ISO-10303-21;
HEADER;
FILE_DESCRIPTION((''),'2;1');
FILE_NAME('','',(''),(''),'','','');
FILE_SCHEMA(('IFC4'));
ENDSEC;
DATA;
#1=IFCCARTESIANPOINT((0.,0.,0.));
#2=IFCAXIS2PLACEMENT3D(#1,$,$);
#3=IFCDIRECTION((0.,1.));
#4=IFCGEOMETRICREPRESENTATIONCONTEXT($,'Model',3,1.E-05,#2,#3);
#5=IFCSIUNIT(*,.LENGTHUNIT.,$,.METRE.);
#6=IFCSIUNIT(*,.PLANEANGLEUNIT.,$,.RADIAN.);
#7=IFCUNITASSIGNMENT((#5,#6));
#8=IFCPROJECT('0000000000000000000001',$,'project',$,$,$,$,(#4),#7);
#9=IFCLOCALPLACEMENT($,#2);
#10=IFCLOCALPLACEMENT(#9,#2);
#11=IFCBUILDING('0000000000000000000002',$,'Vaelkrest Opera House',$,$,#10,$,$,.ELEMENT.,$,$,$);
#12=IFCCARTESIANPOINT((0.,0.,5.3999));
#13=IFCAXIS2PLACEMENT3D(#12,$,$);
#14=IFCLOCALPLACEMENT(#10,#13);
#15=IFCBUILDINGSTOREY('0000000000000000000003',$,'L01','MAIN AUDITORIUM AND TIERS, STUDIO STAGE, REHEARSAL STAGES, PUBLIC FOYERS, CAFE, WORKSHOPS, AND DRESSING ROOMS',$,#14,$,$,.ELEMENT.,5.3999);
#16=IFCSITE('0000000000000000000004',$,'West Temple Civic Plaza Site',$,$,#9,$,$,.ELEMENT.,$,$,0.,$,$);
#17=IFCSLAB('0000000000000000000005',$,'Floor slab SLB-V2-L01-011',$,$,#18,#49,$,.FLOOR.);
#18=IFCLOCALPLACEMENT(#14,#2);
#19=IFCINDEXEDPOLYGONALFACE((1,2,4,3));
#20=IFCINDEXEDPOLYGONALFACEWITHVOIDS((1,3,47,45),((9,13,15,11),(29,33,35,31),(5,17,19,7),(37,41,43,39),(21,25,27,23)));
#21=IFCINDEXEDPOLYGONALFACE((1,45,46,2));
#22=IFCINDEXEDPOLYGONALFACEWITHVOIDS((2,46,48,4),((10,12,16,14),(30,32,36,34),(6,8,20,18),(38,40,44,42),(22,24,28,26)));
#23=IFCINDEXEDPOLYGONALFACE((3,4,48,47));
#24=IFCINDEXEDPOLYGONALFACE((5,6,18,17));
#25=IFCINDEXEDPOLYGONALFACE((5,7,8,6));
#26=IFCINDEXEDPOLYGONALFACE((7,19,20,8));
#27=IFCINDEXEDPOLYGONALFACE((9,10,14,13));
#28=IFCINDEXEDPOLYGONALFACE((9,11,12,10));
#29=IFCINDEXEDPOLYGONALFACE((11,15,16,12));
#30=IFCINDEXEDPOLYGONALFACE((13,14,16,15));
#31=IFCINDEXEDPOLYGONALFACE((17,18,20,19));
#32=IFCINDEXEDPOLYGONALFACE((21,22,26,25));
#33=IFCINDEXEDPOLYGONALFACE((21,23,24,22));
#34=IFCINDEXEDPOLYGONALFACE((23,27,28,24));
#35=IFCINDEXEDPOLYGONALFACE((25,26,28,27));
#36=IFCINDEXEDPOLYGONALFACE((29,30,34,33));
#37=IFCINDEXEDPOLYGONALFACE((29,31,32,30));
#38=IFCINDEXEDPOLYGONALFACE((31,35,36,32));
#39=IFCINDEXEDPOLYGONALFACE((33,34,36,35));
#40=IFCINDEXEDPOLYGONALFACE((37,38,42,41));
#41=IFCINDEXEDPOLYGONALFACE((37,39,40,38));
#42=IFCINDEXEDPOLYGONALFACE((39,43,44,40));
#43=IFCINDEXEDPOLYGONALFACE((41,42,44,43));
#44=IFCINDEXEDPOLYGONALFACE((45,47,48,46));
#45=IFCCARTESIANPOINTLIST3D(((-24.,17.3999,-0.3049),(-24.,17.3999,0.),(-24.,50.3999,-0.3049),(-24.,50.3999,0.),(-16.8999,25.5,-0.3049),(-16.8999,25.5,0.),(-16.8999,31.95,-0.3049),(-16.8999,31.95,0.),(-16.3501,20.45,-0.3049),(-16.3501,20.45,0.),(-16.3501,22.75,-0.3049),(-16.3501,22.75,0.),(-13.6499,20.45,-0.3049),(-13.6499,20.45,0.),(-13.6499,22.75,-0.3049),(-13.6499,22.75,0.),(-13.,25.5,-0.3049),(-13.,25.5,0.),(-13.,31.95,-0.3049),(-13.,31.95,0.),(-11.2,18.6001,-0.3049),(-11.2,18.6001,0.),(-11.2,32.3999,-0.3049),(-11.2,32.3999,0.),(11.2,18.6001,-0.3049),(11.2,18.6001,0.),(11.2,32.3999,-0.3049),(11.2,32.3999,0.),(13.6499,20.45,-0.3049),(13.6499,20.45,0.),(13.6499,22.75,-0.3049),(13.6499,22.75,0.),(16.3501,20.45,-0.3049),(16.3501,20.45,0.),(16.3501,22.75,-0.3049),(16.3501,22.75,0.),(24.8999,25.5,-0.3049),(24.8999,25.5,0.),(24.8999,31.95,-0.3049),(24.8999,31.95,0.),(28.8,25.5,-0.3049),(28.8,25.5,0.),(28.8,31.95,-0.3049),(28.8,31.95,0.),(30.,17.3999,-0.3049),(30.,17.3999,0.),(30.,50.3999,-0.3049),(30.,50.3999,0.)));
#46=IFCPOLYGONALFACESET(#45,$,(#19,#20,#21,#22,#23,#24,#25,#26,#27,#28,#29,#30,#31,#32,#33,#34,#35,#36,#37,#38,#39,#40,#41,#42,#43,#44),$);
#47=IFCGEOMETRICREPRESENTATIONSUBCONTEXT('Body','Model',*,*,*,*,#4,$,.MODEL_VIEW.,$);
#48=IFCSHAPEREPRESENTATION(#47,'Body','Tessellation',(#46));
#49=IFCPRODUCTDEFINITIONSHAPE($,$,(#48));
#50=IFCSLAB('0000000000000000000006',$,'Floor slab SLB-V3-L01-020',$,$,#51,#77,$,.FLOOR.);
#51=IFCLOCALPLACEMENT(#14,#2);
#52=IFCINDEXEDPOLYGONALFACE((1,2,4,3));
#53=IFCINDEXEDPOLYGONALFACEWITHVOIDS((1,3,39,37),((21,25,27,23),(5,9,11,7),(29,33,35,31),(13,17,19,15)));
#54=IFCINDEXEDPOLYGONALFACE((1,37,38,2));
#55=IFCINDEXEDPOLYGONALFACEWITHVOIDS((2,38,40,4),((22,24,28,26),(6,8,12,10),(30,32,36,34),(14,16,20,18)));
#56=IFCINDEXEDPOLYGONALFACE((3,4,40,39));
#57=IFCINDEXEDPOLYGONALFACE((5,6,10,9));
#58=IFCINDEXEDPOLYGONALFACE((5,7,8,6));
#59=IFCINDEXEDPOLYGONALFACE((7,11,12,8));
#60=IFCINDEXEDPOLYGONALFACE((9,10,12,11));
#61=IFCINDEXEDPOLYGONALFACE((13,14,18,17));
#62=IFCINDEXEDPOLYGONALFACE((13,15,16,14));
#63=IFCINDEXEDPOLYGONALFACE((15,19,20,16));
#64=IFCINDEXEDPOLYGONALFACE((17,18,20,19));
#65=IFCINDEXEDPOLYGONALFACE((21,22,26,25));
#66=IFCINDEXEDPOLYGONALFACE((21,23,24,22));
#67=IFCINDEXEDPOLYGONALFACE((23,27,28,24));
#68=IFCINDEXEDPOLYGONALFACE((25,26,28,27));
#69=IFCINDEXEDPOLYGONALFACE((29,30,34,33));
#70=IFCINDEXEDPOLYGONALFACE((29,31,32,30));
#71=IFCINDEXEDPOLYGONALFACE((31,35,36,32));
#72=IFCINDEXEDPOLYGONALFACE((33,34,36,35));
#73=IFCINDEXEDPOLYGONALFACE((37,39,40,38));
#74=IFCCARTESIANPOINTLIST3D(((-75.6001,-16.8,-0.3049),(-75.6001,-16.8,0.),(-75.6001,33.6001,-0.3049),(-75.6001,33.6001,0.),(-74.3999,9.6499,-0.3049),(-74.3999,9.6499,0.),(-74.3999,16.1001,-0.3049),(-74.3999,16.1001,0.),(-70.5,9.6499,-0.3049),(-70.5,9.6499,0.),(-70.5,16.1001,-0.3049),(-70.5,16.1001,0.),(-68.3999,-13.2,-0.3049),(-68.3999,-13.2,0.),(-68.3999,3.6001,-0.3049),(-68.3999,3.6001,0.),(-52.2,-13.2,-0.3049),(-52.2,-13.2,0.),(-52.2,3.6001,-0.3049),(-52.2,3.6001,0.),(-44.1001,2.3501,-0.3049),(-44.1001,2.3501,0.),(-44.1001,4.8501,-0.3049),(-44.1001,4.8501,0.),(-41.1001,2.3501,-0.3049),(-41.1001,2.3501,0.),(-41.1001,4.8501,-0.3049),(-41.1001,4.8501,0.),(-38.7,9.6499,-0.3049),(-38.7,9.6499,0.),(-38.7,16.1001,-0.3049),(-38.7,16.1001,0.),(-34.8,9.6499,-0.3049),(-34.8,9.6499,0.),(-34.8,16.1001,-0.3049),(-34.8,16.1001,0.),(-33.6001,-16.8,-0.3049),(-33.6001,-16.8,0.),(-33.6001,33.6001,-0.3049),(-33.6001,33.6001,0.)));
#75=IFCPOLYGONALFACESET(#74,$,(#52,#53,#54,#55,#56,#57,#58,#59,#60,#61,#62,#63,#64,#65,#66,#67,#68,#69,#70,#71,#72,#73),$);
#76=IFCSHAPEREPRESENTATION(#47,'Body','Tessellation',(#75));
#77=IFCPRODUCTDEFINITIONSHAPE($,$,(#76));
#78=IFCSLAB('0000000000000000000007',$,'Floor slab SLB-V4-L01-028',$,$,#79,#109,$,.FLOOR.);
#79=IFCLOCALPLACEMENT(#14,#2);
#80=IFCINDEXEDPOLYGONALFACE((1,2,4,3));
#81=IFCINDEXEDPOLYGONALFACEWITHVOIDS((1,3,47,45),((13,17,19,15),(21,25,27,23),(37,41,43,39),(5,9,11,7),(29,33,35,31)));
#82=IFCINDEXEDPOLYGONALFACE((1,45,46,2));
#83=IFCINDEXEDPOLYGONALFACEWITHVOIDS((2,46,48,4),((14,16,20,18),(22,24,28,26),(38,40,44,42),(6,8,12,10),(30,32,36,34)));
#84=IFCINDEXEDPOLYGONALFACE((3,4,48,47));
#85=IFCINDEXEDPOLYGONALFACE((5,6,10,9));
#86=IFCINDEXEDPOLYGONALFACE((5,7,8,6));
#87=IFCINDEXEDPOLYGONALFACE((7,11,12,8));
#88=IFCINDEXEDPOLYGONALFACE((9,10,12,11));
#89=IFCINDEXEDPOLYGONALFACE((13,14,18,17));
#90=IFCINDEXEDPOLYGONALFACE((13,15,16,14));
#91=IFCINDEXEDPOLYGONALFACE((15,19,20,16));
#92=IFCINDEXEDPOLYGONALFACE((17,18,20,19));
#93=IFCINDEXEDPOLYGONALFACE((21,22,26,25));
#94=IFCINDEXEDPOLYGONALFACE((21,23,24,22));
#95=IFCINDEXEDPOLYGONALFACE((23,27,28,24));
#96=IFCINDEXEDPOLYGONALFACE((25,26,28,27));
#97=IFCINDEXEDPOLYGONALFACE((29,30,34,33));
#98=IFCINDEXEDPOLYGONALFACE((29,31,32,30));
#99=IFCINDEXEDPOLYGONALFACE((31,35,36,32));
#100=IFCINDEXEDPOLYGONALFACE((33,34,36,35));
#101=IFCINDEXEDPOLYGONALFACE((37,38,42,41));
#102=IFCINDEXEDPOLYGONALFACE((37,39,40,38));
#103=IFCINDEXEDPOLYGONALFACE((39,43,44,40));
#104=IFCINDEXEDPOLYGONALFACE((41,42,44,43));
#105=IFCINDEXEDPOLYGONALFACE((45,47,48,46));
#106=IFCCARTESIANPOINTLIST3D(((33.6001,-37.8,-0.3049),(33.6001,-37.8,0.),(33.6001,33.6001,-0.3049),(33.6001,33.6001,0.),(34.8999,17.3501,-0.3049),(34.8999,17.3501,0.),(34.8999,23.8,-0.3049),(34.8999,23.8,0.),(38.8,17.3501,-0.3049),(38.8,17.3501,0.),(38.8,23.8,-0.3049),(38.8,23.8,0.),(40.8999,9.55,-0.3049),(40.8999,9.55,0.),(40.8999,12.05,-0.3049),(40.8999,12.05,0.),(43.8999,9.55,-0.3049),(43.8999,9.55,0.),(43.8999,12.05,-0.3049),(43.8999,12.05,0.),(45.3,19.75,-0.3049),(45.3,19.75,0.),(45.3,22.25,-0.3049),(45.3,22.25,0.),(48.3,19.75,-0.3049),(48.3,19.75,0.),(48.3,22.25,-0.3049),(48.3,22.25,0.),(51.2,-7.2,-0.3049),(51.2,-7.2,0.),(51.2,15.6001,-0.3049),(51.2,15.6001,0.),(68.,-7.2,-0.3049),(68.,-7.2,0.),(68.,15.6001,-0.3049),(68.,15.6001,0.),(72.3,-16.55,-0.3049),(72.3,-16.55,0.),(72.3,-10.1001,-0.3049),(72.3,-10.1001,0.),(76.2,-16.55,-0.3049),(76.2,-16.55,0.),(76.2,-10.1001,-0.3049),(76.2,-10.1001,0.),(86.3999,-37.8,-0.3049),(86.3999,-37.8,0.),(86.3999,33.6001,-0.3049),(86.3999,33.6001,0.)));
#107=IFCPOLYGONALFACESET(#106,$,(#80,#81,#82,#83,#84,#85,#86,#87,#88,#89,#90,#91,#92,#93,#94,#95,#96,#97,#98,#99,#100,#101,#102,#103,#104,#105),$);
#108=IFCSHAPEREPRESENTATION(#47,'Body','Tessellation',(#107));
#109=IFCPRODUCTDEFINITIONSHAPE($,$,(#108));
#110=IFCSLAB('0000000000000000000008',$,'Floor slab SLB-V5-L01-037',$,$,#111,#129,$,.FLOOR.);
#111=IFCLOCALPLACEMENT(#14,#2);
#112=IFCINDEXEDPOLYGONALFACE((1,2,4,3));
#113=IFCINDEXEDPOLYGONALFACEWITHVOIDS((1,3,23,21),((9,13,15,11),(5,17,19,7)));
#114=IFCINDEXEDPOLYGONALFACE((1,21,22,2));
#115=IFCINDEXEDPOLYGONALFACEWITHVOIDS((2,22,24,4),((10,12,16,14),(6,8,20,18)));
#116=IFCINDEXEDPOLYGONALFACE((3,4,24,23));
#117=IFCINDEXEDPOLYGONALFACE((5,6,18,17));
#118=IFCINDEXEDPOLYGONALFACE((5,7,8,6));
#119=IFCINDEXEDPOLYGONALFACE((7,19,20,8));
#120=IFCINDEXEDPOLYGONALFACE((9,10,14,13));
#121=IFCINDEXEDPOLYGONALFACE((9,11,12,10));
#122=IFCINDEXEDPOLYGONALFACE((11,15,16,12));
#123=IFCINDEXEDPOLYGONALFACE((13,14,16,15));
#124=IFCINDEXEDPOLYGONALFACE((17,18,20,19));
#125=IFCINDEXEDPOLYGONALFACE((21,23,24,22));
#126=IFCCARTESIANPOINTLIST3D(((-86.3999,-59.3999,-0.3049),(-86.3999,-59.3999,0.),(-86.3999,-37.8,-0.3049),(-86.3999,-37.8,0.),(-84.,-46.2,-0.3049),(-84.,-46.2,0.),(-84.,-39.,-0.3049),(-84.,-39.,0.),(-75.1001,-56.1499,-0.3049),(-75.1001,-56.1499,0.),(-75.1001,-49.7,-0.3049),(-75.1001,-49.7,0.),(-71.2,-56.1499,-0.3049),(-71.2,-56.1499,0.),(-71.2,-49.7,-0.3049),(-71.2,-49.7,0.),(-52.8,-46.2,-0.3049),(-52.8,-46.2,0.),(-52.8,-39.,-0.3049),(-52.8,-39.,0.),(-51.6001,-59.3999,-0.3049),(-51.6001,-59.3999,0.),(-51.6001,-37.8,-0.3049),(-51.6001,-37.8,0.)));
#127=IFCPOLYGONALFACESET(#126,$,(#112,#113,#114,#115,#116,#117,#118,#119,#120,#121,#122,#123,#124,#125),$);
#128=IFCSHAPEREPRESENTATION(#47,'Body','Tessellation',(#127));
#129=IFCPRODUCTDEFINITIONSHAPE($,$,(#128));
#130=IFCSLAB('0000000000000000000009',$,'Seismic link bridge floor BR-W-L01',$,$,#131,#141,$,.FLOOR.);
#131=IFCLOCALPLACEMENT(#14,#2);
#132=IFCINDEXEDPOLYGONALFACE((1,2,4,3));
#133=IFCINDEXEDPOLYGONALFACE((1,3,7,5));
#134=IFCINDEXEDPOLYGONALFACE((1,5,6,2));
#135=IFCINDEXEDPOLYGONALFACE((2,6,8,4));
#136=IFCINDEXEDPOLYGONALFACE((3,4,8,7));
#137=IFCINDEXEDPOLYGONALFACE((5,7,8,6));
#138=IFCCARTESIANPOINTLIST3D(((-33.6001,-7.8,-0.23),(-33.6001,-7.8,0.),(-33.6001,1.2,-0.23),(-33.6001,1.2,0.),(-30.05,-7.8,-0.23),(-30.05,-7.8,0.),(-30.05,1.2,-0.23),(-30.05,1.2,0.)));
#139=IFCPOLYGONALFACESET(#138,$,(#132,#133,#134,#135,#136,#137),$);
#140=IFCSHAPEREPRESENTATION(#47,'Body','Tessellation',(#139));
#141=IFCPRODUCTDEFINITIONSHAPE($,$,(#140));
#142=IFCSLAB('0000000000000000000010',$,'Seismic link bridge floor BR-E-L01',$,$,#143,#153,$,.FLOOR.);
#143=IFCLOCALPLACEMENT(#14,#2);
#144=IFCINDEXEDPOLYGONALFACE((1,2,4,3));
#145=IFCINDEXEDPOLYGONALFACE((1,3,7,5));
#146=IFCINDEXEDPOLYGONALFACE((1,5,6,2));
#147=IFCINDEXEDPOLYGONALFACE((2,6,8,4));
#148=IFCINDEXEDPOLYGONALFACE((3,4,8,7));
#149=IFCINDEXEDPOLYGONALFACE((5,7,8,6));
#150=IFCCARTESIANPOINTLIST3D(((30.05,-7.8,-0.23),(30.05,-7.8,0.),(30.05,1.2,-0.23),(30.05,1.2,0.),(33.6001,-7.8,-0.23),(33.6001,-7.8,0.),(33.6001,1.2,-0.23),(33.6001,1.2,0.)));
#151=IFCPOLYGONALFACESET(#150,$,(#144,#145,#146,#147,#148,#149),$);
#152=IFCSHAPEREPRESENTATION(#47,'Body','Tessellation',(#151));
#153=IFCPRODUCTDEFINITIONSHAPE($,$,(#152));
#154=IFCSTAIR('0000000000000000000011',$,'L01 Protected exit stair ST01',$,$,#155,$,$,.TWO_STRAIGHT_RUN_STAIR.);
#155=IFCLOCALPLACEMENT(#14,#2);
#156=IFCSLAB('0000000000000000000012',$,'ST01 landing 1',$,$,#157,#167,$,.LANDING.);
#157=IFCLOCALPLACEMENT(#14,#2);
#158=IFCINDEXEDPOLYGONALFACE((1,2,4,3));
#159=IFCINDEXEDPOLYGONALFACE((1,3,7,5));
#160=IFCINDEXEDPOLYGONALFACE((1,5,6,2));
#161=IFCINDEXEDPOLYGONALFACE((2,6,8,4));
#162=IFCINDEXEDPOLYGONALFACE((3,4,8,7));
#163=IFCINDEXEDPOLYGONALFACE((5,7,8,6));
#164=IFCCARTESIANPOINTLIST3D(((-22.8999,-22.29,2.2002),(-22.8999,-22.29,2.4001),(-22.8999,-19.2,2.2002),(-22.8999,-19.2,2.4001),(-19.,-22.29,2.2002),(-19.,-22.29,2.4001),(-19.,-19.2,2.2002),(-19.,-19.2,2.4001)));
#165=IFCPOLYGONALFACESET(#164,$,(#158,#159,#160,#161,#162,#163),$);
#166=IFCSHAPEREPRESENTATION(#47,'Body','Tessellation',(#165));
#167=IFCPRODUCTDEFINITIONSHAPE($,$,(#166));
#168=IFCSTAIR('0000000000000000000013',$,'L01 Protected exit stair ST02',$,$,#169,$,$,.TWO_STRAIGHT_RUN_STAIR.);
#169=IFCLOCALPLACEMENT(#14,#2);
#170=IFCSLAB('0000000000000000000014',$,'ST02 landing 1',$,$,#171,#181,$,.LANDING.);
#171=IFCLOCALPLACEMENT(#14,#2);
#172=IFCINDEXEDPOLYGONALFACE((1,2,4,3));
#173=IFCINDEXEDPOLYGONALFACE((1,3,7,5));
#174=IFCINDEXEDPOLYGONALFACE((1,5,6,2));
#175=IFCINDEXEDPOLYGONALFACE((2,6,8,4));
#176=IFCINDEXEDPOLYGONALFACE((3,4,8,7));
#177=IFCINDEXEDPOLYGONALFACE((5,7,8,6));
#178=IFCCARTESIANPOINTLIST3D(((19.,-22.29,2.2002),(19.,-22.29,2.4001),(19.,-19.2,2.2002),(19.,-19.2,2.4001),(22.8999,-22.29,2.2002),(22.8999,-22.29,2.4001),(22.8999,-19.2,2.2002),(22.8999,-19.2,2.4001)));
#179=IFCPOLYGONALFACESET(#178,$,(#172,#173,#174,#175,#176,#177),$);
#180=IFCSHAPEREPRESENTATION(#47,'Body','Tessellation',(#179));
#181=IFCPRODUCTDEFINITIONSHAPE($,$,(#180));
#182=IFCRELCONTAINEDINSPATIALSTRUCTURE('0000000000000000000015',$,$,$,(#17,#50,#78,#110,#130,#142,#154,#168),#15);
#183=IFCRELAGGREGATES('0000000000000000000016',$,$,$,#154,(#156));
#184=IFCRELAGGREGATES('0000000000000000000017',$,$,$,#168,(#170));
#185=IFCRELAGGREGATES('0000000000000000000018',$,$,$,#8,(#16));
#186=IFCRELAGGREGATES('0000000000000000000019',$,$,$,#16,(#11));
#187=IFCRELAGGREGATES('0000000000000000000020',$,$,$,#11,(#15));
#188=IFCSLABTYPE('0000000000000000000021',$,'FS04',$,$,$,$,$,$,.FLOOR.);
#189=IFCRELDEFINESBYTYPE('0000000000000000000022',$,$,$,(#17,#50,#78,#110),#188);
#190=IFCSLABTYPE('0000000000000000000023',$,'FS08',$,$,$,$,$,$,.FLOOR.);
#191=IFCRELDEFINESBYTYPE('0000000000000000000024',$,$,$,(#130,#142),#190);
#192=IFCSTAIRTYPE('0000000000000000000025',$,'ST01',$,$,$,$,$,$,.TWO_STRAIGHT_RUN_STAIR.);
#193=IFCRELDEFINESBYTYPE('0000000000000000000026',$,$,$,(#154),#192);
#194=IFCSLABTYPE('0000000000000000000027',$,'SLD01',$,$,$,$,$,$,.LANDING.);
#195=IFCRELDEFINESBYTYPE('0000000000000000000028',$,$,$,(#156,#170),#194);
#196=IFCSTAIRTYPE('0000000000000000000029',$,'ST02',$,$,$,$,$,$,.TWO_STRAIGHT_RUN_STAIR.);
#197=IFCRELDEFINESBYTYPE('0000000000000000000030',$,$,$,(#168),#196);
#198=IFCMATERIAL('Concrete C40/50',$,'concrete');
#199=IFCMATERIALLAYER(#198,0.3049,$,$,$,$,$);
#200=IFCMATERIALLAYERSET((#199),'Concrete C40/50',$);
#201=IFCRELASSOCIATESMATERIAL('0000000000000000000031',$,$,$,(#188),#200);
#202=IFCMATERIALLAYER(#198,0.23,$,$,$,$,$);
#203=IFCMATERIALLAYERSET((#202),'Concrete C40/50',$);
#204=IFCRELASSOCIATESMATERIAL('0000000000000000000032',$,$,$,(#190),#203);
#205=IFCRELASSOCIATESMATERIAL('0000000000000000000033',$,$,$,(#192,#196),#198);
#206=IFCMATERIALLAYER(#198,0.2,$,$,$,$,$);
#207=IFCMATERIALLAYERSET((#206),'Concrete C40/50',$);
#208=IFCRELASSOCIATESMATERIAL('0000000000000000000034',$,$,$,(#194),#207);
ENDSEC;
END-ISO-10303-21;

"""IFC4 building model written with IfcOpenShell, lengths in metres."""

from ifc_helpers import new_model, si_unit, direction, frame, origin, place, context, subcontext, project, spatial, polyline, outline, extrude, material, layer, layer_set, type_object, element, aggregate, save


model = new_model("IFC4")

# Units and contexts
model_context = context("Model", 3, precision=1e-05, world=origin(), true_north=direction((0.0, 1.0)))
body_context = subcontext(model_context, "Body", "Model", "MODEL_VIEW")
ifc_project = project(units=[si_unit("LENGTHUNIT", "METRE"), si_unit("PLANEANGLEUNIT", "RADIAN")], contexts=[model_context])

# Site, building, storey
site_placement = place(None, origin())
site = spatial("IfcSite", under=ifc_project, at=site_placement, Name="West Temple Civic Plaza Site", CompositionType="ELEMENT", RefElevation=0.0)
building_placement = place(site_placement, origin())
building = spatial("IfcBuilding", under=site, at=building_placement, Name="Vaelkrest Opera House", CompositionType="ELEMENT")
storey_placement = place(building_placement, frame((0.0, 0.0, 5.3999)))
storey = spatial("IfcBuildingStorey", under=building, at=storey_placement, Name="L01", Description="MAIN AUDITORIUM AND TIERS, STUDIO STAGE, REHEARSAL STAGES, PUBLIC FOYERS, CAFE, WORKSHOPS, AND DRESSING ROOMS", CompositionType="ELEMENT", Elevation=5.3999)

# Slabs
ifc_material_1 = material(Name="Concrete C40/50", Category="concrete")
ifc_layer_1 = layer(ifc_material_1, 0.3049)
ifc_layer_set_1 = layer_set([ifc_layer_1], Name="Concrete C40/50")
slab_type_1 = type_object("IfcSlabType", Name="FS04", PredefinedType="FLOOR", material=ifc_layer_set_1)
slab_1_placement = place(storey_placement, frame((0.0, 0.0, -0.3049)))
element("IfcSlab", 1, at=slab_1_placement, inside=storey, type_object=slab_type_1, Name="Floor slab SLB-V2-L01-011", PredefinedType="FLOOR", context=body_context, shape_type="SweptSolid", body=[
    extrude(outline(polyline([(-24.0, 17.3999), (30.0, 17.3999), (30.0, 50.3999), (-24.0, 50.3999), (-24.0, 17.3999)]), holes=[polyline([(-11.2, 18.6001), (11.2, 18.6001), (11.2, 32.3999), (-11.2, 32.3999), (-11.2, 18.6001)]), polyline([(-16.8999, 31.95), (-16.8999, 25.5), (-13.0, 25.5), (-13.0, 31.95), (-16.8999, 31.95)]), polyline([(24.8999, 31.95), (24.8999, 25.5), (28.8, 25.5), (28.8, 31.95), (24.8999, 31.95)]), polyline([(-16.3501, 20.45), (-13.6499, 20.45), (-13.6499, 22.75), (-16.3501, 22.75), (-16.3501, 20.45)]), polyline([(13.6499, 20.45), (16.3501, 20.45), (16.3501, 22.75), (13.6499, 22.75), (13.6499, 20.45)])]), origin(), (0.0, 0.0, 1.0), 0.3049),
])
slab_2_placement = place(storey_placement, frame((0.0, 0.0, -0.3049)))
element("IfcSlab", 2, at=slab_2_placement, inside=storey, type_object=slab_type_1, Name="Floor slab SLB-V3-L01-020", PredefinedType="FLOOR", context=body_context, shape_type="SweptSolid", body=[
    extrude(outline(polyline([(-75.6001, -16.8), (-33.6001, -16.8), (-33.6001, 33.6001), (-75.6001, 33.6001), (-75.6001, -16.8)]), holes=[polyline([(-68.3999, -13.2), (-52.2, -13.2), (-52.2, 3.6001), (-68.3999, 3.6001), (-68.3999, -13.2)]), polyline([(-70.5, 9.6499), (-70.5, 16.1001), (-74.3999, 16.1001), (-74.3999, 9.6499), (-70.5, 9.6499)]), polyline([(-34.8, 9.6499), (-34.8, 16.1001), (-38.7, 16.1001), (-38.7, 9.6499), (-34.8, 9.6499)]), polyline([(-44.1001, 2.3501), (-41.1001, 2.3501), (-41.1001, 4.8501), (-44.1001, 4.8501), (-44.1001, 2.3501)])]), origin(), (0.0, 0.0, 1.0), 0.3049),
])
slab_3_placement = place(storey_placement, frame((0.0, 0.0, -0.3049)))
element("IfcSlab", 3, at=slab_3_placement, inside=storey, type_object=slab_type_1, Name="Floor slab SLB-V4-L01-028", PredefinedType="FLOOR", context=body_context, shape_type="SweptSolid", body=[
    extrude(outline(polyline([(33.6001, -37.8), (86.3999, -37.8), (86.3999, 33.6001), (33.6001, 33.6001), (33.6001, -37.8)]), holes=[polyline([(51.2, -7.2), (68.0, -7.2), (68.0, 15.6001), (51.2, 15.6001), (51.2, -7.2)]), polyline([(38.8, 17.3501), (38.8, 23.8), (34.8999, 23.8), (34.8999, 17.3501), (38.8, 17.3501)]), polyline([(76.2, -16.55), (76.2, -10.1001), (72.3, -10.1001), (72.3, -16.55), (76.2, -16.55)]), polyline([(40.8999, 9.55), (43.8999, 9.55), (43.8999, 12.05), (40.8999, 12.05), (40.8999, 9.55)]), polyline([(45.3, 19.75), (48.3, 19.75), (48.3, 22.25), (45.3, 22.25), (45.3, 19.75)])]), origin(), (0.0, 0.0, 1.0), 0.3049),
])
slab_4_placement = place(storey_placement, frame((0.0, 0.0, -0.3049)))
element("IfcSlab", 4, at=slab_4_placement, inside=storey, type_object=slab_type_1, Name="Floor slab SLB-V5-L01-037", PredefinedType="FLOOR", context=body_context, shape_type="SweptSolid", body=[
    extrude(outline(polyline([(-86.3999, -59.3999), (-51.6001, -59.3999), (-51.6001, -37.8), (-86.3999, -37.8), (-86.3999, -59.3999)]), holes=[polyline([(-84.0, -46.2), (-52.8, -46.2), (-52.8, -39.0), (-84.0, -39.0), (-84.0, -46.2)]), polyline([(-71.2, -56.1499), (-71.2, -49.7), (-75.1001, -49.7), (-75.1001, -56.1499), (-71.2, -56.1499)])]), origin(), (0.0, 0.0, 1.0), 0.3049),
])
ifc_layer_2 = layer(ifc_material_1, 0.23)
ifc_layer_set_2 = layer_set([ifc_layer_2], Name="Concrete C40/50")
slab_type_2 = type_object("IfcSlabType", Name="FS08", PredefinedType="FLOOR", material=ifc_layer_set_2)
slab_5_placement = place(storey_placement, frame((0.0, 0.0, -0.23)))
element("IfcSlab", 5, at=slab_5_placement, inside=storey, type_object=slab_type_2, Name="Seismic link bridge floor BR-W-L01", PredefinedType="FLOOR", context=body_context, shape_type="SweptSolid", body=[
    extrude(outline(polyline([(-33.6001, -7.8), (-30.05, -7.8), (-30.05, 1.2), (-33.6001, 1.2), (-33.6001, -7.8)])), origin(), (0.0, 0.0, 1.0), 0.23),
])
slab_6_placement = place(storey_placement, frame((0.0, 0.0, -0.23)))
element("IfcSlab", 6, at=slab_6_placement, inside=storey, type_object=slab_type_2, Name="Seismic link bridge floor BR-E-L01", PredefinedType="FLOOR", context=body_context, shape_type="SweptSolid", body=[
    extrude(outline(polyline([(30.05, -7.8), (33.6001, -7.8), (33.6001, 1.2), (30.05, 1.2), (30.05, -7.8)])), origin(), (0.0, 0.0, 1.0), 0.23),
])

# Stairs, slabs
stair_type_1 = type_object("IfcStairType", Name="ST01", PredefinedType="TWO_STRAIGHT_RUN_STAIR", material=ifc_material_1)
stair_1_placement = place(storey_placement, origin())
stair_1 = element("IfcStair", 7, at=stair_1_placement, inside=storey, type_object=stair_type_1, Name="L01 Protected exit stair ST01", PredefinedType="TWO_STRAIGHT_RUN_STAIR")
ifc_layer_3 = layer(ifc_material_1, 0.2)
ifc_layer_set_3 = layer_set([ifc_layer_3], Name="Concrete C40/50")
slab_type_3 = type_object("IfcSlabType", Name="SLD01", PredefinedType="LANDING", material=ifc_layer_set_3)
slab_7_placement = place(storey_placement, frame((0.0, 0.0, 2.2002)))
slab_7 = element("IfcSlab", 8, at=slab_7_placement, type_object=slab_type_3, Name="ST01 landing 1", PredefinedType="LANDING", context=body_context, shape_type="SweptSolid", body=[
    extrude(outline(polyline([(-19.0, -22.29), (-19.0, -19.2), (-22.8999, -19.2), (-22.8999, -22.29), (-19.0, -22.29)])), origin(), (0.0, 0.0, 1.0), 0.2),
])
aggregate(stair_1, [slab_7])
stair_type_2 = type_object("IfcStairType", Name="ST02", PredefinedType="TWO_STRAIGHT_RUN_STAIR", material=ifc_material_1)
stair_2_placement = place(storey_placement, origin())
stair_2 = element("IfcStair", 9, at=stair_2_placement, inside=storey, type_object=stair_type_2, Name="L01 Protected exit stair ST02", PredefinedType="TWO_STRAIGHT_RUN_STAIR")
slab_8_placement = place(storey_placement, frame((0.0, 0.0, 2.2002)))
slab_8 = element("IfcSlab", 10, at=slab_8_placement, type_object=slab_type_3, Name="ST02 landing 1", PredefinedType="LANDING", context=body_context, shape_type="SweptSolid", body=[
    extrude(outline(polyline([(22.8999, -22.29), (22.8999, -19.2), (19.0, -19.2), (19.0, -22.29), (22.8999, -22.29)])), origin(), (0.0, 0.0, 1.0), 0.2),
])
aggregate(stair_2, [slab_8])

save(model, "model.ifc")
